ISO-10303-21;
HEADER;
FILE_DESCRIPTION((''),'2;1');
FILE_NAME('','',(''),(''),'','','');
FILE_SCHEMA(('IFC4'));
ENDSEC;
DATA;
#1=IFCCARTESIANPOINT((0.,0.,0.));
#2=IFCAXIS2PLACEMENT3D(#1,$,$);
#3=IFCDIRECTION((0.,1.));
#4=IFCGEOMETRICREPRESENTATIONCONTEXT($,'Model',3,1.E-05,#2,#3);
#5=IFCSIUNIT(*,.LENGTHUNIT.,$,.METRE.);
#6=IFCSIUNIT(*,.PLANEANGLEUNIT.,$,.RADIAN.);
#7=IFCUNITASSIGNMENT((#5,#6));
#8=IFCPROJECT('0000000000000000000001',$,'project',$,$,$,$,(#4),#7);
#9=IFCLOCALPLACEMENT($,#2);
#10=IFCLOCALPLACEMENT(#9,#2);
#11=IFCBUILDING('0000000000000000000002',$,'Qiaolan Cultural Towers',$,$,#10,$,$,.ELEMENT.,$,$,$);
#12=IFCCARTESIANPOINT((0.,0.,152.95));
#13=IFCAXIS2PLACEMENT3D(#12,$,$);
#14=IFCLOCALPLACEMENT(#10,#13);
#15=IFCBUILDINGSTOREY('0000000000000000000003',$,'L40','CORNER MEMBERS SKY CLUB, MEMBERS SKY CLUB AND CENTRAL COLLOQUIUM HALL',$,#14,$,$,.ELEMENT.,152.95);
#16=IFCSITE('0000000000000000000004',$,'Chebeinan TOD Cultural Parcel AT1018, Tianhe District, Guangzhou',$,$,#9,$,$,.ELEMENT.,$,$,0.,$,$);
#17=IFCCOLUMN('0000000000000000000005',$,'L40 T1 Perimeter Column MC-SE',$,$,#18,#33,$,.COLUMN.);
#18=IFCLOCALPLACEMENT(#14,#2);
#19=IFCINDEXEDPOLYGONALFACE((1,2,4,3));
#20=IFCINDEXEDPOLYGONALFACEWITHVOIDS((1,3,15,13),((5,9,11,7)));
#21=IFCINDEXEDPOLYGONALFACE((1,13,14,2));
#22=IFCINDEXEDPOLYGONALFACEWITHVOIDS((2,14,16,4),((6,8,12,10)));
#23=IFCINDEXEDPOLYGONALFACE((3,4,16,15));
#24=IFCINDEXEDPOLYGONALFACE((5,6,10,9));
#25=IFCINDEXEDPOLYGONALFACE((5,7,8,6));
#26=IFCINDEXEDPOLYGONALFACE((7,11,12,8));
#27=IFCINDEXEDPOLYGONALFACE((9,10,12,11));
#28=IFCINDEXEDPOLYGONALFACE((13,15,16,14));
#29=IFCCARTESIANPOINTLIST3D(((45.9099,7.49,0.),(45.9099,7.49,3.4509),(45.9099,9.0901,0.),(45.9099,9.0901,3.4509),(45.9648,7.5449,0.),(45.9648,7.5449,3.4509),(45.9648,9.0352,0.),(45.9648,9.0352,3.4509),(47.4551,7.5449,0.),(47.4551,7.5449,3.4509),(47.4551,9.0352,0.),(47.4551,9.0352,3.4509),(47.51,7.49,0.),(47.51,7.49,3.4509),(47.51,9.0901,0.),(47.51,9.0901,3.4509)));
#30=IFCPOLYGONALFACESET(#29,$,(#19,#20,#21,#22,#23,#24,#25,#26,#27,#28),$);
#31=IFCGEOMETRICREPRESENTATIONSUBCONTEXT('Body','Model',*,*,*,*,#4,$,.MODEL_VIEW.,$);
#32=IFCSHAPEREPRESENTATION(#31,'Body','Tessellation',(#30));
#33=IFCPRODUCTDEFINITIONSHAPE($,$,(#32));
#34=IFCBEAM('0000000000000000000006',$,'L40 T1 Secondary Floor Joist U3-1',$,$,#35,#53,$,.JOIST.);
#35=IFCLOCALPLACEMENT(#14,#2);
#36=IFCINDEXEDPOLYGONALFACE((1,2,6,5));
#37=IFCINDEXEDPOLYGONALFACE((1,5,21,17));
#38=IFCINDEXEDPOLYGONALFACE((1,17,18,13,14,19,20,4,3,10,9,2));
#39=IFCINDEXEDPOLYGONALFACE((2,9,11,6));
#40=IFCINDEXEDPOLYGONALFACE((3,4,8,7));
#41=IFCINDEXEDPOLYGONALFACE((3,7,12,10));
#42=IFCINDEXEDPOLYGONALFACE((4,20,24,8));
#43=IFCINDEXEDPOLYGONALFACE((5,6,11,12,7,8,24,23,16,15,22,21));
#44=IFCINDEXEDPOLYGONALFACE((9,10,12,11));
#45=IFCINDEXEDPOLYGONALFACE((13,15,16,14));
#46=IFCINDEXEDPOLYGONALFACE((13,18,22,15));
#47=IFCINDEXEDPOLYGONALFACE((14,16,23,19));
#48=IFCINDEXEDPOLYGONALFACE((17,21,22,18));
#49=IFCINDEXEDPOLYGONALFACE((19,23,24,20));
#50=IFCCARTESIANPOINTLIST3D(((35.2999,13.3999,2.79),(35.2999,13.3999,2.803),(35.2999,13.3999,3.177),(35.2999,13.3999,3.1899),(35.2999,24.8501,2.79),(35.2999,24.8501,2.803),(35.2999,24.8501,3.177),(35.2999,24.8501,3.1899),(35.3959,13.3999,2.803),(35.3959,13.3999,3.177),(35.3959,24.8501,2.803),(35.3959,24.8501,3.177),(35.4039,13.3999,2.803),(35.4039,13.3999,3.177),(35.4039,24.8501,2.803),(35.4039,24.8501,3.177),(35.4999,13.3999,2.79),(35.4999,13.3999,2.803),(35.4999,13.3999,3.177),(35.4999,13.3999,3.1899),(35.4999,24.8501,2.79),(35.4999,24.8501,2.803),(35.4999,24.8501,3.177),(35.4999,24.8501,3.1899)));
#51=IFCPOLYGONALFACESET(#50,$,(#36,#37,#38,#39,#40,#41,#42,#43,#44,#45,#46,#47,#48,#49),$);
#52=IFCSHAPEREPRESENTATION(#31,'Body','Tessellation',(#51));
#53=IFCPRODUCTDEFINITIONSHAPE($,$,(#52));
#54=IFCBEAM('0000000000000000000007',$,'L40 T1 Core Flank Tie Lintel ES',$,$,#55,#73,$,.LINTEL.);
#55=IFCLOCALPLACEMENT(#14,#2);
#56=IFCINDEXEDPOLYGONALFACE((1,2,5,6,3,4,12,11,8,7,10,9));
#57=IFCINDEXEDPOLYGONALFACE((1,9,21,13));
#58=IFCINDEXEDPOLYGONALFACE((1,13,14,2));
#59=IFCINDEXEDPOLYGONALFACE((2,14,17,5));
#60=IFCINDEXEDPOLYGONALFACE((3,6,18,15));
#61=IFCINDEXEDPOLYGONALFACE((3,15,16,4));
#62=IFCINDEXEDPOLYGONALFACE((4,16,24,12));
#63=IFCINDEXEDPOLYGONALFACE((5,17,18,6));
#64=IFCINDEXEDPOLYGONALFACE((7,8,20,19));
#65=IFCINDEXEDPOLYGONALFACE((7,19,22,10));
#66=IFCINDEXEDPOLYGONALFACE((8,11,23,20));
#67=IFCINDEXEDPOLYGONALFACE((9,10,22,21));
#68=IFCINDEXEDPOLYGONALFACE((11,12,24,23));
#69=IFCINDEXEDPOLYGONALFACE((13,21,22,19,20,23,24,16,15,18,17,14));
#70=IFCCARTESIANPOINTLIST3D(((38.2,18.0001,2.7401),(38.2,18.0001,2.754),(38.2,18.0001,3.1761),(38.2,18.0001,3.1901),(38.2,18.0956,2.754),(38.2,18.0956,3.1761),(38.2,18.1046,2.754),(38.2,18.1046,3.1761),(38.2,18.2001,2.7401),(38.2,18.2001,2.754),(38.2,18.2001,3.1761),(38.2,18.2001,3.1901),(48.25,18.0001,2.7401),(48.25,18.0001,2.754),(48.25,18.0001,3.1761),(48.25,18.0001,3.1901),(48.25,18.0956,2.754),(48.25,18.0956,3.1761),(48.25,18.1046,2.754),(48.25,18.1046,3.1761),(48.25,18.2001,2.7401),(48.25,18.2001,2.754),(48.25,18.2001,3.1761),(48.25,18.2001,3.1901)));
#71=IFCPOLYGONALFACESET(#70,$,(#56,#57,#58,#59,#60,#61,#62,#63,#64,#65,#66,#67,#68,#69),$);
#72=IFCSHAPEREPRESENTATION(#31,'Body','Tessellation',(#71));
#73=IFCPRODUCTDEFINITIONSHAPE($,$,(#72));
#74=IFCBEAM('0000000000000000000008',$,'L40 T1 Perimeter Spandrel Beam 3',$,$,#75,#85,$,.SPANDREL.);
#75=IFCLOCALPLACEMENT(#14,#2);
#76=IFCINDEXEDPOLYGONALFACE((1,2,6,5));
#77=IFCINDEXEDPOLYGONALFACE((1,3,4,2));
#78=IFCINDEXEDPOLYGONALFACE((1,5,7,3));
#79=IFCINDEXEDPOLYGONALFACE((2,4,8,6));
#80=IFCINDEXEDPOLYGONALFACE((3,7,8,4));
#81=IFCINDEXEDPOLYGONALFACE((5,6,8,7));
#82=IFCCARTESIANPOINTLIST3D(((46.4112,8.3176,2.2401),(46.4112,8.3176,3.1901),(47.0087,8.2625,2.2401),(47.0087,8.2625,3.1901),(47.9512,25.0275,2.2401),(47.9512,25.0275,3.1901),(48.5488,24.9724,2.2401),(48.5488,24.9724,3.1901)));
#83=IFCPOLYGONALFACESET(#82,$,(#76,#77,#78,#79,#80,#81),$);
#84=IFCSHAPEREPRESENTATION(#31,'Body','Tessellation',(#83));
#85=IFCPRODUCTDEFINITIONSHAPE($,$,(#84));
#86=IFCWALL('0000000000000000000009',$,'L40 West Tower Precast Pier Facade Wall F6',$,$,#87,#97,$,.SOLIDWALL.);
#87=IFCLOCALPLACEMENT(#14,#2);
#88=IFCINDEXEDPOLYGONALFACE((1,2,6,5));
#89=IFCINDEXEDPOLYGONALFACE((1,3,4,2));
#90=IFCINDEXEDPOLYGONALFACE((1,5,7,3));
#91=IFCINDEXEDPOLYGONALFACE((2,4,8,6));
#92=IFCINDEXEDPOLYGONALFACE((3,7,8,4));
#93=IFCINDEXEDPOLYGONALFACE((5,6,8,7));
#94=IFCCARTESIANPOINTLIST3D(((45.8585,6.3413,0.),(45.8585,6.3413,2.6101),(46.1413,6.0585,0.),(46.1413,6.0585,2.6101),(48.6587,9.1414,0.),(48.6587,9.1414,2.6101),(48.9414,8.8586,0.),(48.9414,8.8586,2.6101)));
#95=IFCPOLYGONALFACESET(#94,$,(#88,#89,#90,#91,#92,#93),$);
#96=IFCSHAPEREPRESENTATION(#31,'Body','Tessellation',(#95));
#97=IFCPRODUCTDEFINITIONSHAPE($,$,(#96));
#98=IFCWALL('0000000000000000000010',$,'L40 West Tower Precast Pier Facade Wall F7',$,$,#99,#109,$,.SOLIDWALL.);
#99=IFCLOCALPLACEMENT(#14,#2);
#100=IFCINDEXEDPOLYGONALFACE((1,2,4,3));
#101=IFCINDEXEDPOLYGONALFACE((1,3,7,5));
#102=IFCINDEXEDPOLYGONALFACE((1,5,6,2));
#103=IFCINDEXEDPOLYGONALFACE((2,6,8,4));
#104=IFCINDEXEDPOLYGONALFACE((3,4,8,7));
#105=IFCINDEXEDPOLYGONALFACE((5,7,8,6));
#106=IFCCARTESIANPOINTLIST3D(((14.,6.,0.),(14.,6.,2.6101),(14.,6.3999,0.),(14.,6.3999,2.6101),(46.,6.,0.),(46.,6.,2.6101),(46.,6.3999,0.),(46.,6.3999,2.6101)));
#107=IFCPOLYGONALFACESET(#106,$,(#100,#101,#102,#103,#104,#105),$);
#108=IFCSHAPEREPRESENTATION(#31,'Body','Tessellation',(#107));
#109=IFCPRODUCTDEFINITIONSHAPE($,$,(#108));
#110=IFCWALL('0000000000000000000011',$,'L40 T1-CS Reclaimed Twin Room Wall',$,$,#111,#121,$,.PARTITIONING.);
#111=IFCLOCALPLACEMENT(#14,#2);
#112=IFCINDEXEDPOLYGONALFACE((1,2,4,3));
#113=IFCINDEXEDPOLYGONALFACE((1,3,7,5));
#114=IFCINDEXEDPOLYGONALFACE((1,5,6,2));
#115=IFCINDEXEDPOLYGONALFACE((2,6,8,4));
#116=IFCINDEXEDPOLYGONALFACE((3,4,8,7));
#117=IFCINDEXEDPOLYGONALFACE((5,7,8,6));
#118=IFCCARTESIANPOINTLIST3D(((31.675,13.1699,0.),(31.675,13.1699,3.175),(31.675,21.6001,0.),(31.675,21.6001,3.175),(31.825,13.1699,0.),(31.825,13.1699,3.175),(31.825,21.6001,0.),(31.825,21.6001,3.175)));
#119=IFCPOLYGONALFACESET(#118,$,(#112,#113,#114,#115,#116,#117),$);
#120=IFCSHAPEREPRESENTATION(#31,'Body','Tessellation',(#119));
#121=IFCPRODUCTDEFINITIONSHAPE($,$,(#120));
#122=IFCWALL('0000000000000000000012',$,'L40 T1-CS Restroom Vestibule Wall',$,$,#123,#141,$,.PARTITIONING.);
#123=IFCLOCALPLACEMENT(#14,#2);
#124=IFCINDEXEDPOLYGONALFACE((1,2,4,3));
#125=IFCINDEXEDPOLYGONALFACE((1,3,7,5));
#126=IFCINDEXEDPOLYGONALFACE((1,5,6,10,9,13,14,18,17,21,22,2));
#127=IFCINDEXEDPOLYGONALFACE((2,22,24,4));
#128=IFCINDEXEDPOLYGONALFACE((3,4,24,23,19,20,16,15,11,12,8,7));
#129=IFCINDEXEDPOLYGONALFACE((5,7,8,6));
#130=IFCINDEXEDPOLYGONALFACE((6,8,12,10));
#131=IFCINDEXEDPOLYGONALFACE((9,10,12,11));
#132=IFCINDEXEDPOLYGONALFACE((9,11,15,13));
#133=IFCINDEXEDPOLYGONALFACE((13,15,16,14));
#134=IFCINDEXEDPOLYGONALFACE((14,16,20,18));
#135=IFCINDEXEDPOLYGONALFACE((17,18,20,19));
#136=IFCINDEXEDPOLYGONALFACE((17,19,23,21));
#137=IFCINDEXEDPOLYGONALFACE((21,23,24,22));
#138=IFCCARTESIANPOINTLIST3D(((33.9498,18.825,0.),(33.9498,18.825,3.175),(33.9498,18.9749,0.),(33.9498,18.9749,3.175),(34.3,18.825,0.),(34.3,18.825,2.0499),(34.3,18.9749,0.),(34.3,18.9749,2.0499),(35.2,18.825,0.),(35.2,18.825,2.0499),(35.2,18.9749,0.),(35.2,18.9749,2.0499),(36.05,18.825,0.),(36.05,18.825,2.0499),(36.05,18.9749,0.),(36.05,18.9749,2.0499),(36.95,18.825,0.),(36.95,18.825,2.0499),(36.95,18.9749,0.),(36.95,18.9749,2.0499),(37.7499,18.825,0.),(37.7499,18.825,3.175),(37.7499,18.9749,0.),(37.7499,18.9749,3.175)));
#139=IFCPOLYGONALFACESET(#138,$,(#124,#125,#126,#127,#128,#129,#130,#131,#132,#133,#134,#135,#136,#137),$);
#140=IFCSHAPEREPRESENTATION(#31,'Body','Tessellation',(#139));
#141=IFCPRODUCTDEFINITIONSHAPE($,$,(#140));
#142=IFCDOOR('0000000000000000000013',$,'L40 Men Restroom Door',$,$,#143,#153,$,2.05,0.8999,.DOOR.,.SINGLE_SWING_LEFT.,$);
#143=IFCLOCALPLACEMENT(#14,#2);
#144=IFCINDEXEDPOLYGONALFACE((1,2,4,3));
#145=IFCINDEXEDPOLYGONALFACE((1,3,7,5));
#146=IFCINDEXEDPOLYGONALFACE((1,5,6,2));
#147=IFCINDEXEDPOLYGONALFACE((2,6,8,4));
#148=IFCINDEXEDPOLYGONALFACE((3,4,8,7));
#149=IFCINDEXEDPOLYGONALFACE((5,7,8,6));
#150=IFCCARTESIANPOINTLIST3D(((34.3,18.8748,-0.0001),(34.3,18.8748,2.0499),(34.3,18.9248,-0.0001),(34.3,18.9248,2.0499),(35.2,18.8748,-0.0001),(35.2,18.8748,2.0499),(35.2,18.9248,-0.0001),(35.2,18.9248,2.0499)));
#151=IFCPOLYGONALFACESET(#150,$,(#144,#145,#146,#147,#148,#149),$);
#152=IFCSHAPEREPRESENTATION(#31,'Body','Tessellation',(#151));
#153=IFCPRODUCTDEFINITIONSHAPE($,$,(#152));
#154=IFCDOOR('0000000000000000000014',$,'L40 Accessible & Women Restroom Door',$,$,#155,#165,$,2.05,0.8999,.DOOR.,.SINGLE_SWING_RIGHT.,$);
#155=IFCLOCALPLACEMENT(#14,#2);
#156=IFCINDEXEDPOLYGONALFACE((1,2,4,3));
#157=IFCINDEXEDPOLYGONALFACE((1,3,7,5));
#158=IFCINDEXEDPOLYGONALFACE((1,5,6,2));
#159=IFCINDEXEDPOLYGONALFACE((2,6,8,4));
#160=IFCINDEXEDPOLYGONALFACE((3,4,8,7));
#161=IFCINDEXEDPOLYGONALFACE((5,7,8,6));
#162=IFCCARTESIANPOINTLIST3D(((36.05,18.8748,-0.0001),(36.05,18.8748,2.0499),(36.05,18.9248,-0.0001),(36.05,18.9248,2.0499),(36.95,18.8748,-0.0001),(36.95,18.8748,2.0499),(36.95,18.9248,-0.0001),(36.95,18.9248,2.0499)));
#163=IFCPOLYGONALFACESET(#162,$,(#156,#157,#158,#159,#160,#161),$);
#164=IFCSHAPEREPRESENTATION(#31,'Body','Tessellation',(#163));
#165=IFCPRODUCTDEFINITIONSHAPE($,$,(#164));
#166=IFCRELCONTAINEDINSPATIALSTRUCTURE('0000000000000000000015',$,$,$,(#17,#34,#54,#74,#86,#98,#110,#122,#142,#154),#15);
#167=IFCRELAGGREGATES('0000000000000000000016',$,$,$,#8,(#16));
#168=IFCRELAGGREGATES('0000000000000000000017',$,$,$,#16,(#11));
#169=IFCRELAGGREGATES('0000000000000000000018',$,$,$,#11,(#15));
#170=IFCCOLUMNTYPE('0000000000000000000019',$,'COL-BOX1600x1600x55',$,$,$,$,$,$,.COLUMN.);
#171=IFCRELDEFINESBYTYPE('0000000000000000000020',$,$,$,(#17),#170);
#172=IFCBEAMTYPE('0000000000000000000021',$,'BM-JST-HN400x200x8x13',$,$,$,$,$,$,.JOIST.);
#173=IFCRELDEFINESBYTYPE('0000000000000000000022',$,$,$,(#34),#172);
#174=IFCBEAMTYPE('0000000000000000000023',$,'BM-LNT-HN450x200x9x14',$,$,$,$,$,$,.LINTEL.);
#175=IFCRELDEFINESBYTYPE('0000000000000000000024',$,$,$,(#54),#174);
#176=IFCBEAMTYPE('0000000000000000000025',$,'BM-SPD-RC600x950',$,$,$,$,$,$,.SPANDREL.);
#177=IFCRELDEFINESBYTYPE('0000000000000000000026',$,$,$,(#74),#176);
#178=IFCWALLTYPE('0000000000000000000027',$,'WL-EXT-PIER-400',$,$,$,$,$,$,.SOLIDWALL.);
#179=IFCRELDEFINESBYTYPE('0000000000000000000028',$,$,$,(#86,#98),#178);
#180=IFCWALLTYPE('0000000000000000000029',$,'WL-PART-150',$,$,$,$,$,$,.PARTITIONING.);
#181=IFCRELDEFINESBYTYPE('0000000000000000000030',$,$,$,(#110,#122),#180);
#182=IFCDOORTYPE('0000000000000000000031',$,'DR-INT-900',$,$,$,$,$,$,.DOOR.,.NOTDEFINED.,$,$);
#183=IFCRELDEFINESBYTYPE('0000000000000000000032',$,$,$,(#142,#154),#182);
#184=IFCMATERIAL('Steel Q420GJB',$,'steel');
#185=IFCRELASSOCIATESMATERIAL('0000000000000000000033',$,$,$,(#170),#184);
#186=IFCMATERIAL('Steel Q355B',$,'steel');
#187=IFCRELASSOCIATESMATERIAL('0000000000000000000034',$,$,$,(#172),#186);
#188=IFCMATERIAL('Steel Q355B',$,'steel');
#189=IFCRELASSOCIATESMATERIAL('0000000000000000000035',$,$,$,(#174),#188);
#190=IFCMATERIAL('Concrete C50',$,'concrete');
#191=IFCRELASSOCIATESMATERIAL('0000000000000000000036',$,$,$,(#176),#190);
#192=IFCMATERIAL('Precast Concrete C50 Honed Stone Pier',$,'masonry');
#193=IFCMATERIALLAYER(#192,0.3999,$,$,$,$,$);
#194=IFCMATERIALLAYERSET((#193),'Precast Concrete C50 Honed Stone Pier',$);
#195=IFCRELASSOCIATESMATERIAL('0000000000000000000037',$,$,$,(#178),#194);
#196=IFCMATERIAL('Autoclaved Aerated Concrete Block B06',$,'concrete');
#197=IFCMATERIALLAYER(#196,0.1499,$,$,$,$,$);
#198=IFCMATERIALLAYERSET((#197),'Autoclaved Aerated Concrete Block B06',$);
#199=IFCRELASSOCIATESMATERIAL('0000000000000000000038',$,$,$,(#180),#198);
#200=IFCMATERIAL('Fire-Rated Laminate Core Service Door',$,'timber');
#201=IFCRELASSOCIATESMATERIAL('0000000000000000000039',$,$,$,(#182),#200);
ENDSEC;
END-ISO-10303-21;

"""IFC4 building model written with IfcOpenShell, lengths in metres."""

from ifc_helpers import new_model, si_unit, direction, frame, frame_2d, origin, origin_2d, place, context, subcontext, project, spatial, rectangle, hollow_rectangle, i_section, extrude, material, layer, layer_set, material_profile, profile_set, type_object, element, fill, save


model = new_model("IFC4")

# Units and contexts
model_context = context("Model", 3, precision=1e-05, world=origin(), true_north=direction((0.0, 1.0)))
body_context = subcontext(model_context, "Body", "Model", "MODEL_VIEW")
ifc_project = project(units=[si_unit("LENGTHUNIT", "METRE"), si_unit("PLANEANGLEUNIT", "RADIAN")], contexts=[model_context])

# Site, building, storey
site_placement = place(None, origin())
site = spatial("IfcSite", under=ifc_project, at=site_placement, Name="Chebeinan TOD Cultural Parcel AT1018, Tianhe District, Guangzhou", CompositionType="ELEMENT", RefElevation=0.0)
building_placement = place(site_placement, origin())
building = spatial("IfcBuilding", under=site, at=building_placement, Name="Qiaolan Cultural Towers", CompositionType="ELEMENT")
storey_placement = place(building_placement, frame((0.0, 0.0, 152.95)))
storey = spatial("IfcBuildingStorey", under=building, at=storey_placement, Name="L40", Description="CORNER MEMBERS SKY CLUB, MEMBERS SKY CLUB AND CENTRAL COLLOQUIUM HALL", CompositionType="ELEMENT", Elevation=152.95)

# Column
ifc_material_1 = material(Name="Steel Q420GJB", Category="steel")
ifc_material_profile_1 = material_profile(ifc_material_1, hollow_rectangle(XDim=1.6001, YDim=1.6001, WallThickness=0.0549, at=origin_2d()), Name="BOX1600x1600x55")
ifc_profile_set_1 = profile_set([ifc_material_profile_1], Name="Steel Q420GJB")
column_type = type_object("IfcColumnType", Name="COL-BOX1600x1600x55", PredefinedType="COLUMN", material=ifc_profile_set_1)
column_placement = place(storey_placement, frame((46.71, 8.29, 0.0), z_axis=(0.0, 0.0, 1.0), x_axis=(1.0, 0.0, 0.0)))
element("IfcColumn", 1, at=column_placement, inside=storey, type_object=column_type, Name="L40 T1 Perimeter Column MC-SE", PredefinedType="COLUMN", context=body_context, shape_type="SweptSolid", body=[
    extrude(hollow_rectangle(XDim=1.6001, YDim=1.6001, WallThickness=0.0549, at=origin_2d()), origin(), (0.0, 0.0, 1.0), 3.4509),
])

# Beams
ifc_material_2 = material(Name="Steel Q355B", Category="steel")
ifc_material_profile_2 = material_profile(ifc_material_2, i_section(OverallWidth=0.2, OverallDepth=0.3999, WebThickness=0.0081, FlangeThickness=0.0129, at=origin_2d()), Name="HN400x200x8x13")
ifc_profile_set_2 = profile_set([ifc_material_profile_2], Name="Steel Q355B")
beam_type_1 = type_object("IfcBeamType", Name="BM-JST-HN400x200x8x13", PredefinedType="JOIST", material=ifc_profile_set_2)
beam_1_placement = place(storey_placement, frame((35.3999, 13.3999, 2.99), z_axis=(0.0, 1.0, 0.0), x_axis=(-1.0, 0.0, 0.0)))
element("IfcBeam", 2, at=beam_1_placement, inside=storey, type_object=beam_type_1, Name="L40 T1 Secondary Floor Joist U3-1", PredefinedType="JOIST", context=body_context, shape_type="SweptSolid", body=[
    extrude(i_section(OverallWidth=0.2, OverallDepth=0.3999, WebThickness=0.0081, FlangeThickness=0.0129, at=origin_2d()), origin(), (0.0, 0.0, 1.0), 11.4502),
])
ifc_material_3 = material(Name="Steel Q355B", Category="steel")
ifc_material_profile_3 = material_profile(ifc_material_3, i_section(OverallWidth=0.2, OverallDepth=0.45, WebThickness=0.009, FlangeThickness=0.0139, at=origin_2d()), Name="HN450x200x9x14")
ifc_profile_set_3 = profile_set([ifc_material_profile_3], Name="Steel Q355B")
beam_type_2 = type_object("IfcBeamType", Name="BM-LNT-HN450x200x9x14", PredefinedType="LINTEL", material=ifc_profile_set_3)
beam_2_placement = place(storey_placement, frame((38.2, 18.1001, 2.9651), z_axis=(1.0, 0.0, 0.0), x_axis=(0.0, 1.0, 0.0)))
element("IfcBeam", 3, at=beam_2_placement, inside=storey, type_object=beam_type_2, Name="L40 T1 Core Flank Tie Lintel ES", PredefinedType="LINTEL", context=body_context, shape_type="SweptSolid", body=[
    extrude(i_section(OverallWidth=0.2, OverallDepth=0.45, WebThickness=0.009, FlangeThickness=0.0139, at=origin_2d()), origin(), (0.0, 0.0, 1.0), 10.05),
])
ifc_material_4 = material(Name="Concrete C50", Category="concrete")
ifc_material_profile_4 = material_profile(ifc_material_4, rectangle(XDim=0.6001, YDim=0.95, at=origin_2d()), Name="RC600x950")
ifc_profile_set_4 = profile_set([ifc_material_profile_4], Name="Concrete C50")
beam_type_3 = type_object("IfcBeamType", Name="BM-SPD-RC600x950", PredefinedType="SPANDREL", material=ifc_profile_set_4)
beam_3_placement = place(storey_placement, frame((46.71, 8.29, 2.7151), z_axis=(0.091774, 0.99578, 0.0), x_axis=(-0.99578, 0.091774, 0.0)))
element("IfcBeam", 4, at=beam_3_placement, inside=storey, type_object=beam_type_3, Name="L40 T1 Perimeter Spandrel Beam 3", PredefinedType="SPANDREL", context=body_context, shape_type="SweptSolid", body=[
    extrude(rectangle(XDim=0.6001, YDim=0.95, at=origin_2d()), origin(), (0.0, 0.0, 1.0), 16.7808),
])

# Walls
ifc_material_5 = material(Name="Precast Concrete C50 Honed Stone Pier", Category="masonry")
ifc_layer_1 = layer(ifc_material_5, 0.3999)
ifc_layer_set_1 = layer_set([ifc_layer_1], Name="Precast Concrete C50 Honed Stone Pier")
wall_type_1 = type_object("IfcWallType", Name="WL-EXT-PIER-400", PredefinedType="SOLIDWALL", material=ifc_layer_set_1)
wall_1_placement = place(storey_placement, frame((48.8, 9.0, 0.0), z_axis=(0.0, 0.0, 1.0), x_axis=(-0.707107, -0.707107, 0.0)))
element("IfcWall", 5, at=wall_1_placement, inside=storey, type_object=wall_type_1, Name="L40 West Tower Precast Pier Facade Wall F6", PredefinedType="SOLIDWALL", context=body_context, shape_type="SweptSolid", body=[
    extrude(rectangle(XDim=3.96, YDim=0.3999, at=frame_2d((1.98, 0.0))), origin(), (0.0, 0.0, 1.0), 2.6101),
])
wall_2_placement = place(storey_placement, frame((46.0, 6.2, 0.0), z_axis=(0.0, 0.0, 1.0), x_axis=(-1.0, 0.0, 0.0)))
element("IfcWall", 6, at=wall_2_placement, inside=storey, type_object=wall_type_1, Name="L40 West Tower Precast Pier Facade Wall F7", PredefinedType="SOLIDWALL", context=body_context, shape_type="SweptSolid", body=[
    extrude(rectangle(XDim=32.0, YDim=0.3999, at=frame_2d((16.0, 0.0))), origin(), (0.0, 0.0, 1.0), 2.6101),
])
ifc_material_6 = material(Name="Autoclaved Aerated Concrete Block B06", Category="concrete")
ifc_layer_2 = layer(ifc_material_6, 0.1499)
ifc_layer_set_2 = layer_set([ifc_layer_2], Name="Autoclaved Aerated Concrete Block B06")
wall_type_2 = type_object("IfcWallType", Name="WL-PART-150", PredefinedType="PARTITIONING", material=ifc_layer_set_2)
wall_3_placement = place(storey_placement, frame((31.75, 21.6001, 0.0), z_axis=(0.0, 0.0, 1.0), x_axis=(0.0, -1.0, 0.0)))
element("IfcWall", 7, at=wall_3_placement, inside=storey, type_object=wall_type_2, Name="L40 T1-CS Reclaimed Twin Room Wall", PredefinedType="PARTITIONING", context=body_context, shape_type="SweptSolid", body=[
    extrude(rectangle(XDim=8.4302, YDim=0.1499, at=frame_2d((4.2151, 0.0))), origin(), (0.0, 0.0, 1.0), 3.175),
])

# Wall, openings, doors
wall_4_placement = place(storey_placement, frame((33.95, 18.8999, 0.0), z_axis=(0.0, 0.0, 1.0), x_axis=(1.0, 0.0, 0.0)))
wall_4 = element("IfcWall", 8, at=wall_4_placement, inside=storey, type_object=wall_type_2, Name="L40 T1-CS Restroom Vestibule Wall", PredefinedType="PARTITIONING", context=body_context, shape_type="SweptSolid", body=[
    extrude(rectangle(XDim=3.8, YDim=0.1499, at=frame_2d((1.8999, 0.0))), origin(), (0.0, 0.0, 1.0), 3.175),
])
opening_1_placement = place(wall_4_placement, frame((0.3501, 0.0, 0.0)))
opening_1 = element("IfcOpeningElement", 9, at=opening_1_placement, cuts=wall_4, PredefinedType="OPENING", context=body_context, shape_type="SweptSolid", body=[
    extrude(rectangle(XDim=0.8999, YDim=2.05, at=frame_2d((0.45, 1.0249))), frame((0.0, 0.085, 0.0), z_axis=(0.0, -1.0, 0.0), x_axis=(1.0, 0.0, 0.0)), (0.0, 0.0, 1.0), 0.1699),
])
opening_2_placement = place(wall_4_placement, frame((2.1001, 0.0, 0.0)))
opening_2 = element("IfcOpeningElement", 10, at=opening_2_placement, cuts=wall_4, PredefinedType="OPENING", context=body_context, shape_type="SweptSolid", body=[
    extrude(rectangle(XDim=0.8999, YDim=2.05, at=frame_2d((0.45, 1.0249))), frame((0.0, 0.085, 0.0), z_axis=(0.0, -1.0, 0.0), x_axis=(1.0, 0.0, 0.0)), (0.0, 0.0, 1.0), 0.1699),
])
ifc_material_7 = material(Name="Fire-Rated Laminate Core Service Door", Category="timber")
door_type = type_object("IfcDoorType", Name="DR-INT-900", OperationType="NOTDEFINED", PredefinedType="DOOR", material=ifc_material_7)
door_1_placement = place(opening_1_placement, origin())
door_1 = element("IfcDoor", 11, at=door_1_placement, inside=storey, type_object=door_type, Name="L40 Men Restroom Door", OperationType="SINGLE_SWING_LEFT", OverallHeight=2.05, OverallWidth=0.8999, PredefinedType="DOOR", context=body_context, shape_type="SweptSolid", body=[
    extrude(rectangle(XDim=0.8999, YDim=2.05, at=frame_2d((0.45, 1.0249))), frame((0.0, 0.0249, 0.0), z_axis=(0.0, -1.0, 0.0), x_axis=(1.0, 0.0, 0.0)), (0.0, 0.0, 1.0), 0.05),
])
fill(opening_1, door_1)
door_2_placement = place(opening_2_placement, origin())
door_2 = element("IfcDoor", 12, at=door_2_placement, inside=storey, type_object=door_type, Name="L40 Accessible & Women Restroom Door", OperationType="SINGLE_SWING_RIGHT", OverallHeight=2.05, OverallWidth=0.8999, PredefinedType="DOOR", context=body_context, shape_type="SweptSolid", body=[
    extrude(rectangle(XDim=0.8999, YDim=2.05, at=frame_2d((0.45, 1.0249))), frame((0.0, 0.0249, 0.0), z_axis=(0.0, -1.0, 0.0), x_axis=(1.0, 0.0, 0.0)), (0.0, 0.0, 1.0), 0.05),
])
fill(opening_2, door_2)

save(model, "model.ifc")
